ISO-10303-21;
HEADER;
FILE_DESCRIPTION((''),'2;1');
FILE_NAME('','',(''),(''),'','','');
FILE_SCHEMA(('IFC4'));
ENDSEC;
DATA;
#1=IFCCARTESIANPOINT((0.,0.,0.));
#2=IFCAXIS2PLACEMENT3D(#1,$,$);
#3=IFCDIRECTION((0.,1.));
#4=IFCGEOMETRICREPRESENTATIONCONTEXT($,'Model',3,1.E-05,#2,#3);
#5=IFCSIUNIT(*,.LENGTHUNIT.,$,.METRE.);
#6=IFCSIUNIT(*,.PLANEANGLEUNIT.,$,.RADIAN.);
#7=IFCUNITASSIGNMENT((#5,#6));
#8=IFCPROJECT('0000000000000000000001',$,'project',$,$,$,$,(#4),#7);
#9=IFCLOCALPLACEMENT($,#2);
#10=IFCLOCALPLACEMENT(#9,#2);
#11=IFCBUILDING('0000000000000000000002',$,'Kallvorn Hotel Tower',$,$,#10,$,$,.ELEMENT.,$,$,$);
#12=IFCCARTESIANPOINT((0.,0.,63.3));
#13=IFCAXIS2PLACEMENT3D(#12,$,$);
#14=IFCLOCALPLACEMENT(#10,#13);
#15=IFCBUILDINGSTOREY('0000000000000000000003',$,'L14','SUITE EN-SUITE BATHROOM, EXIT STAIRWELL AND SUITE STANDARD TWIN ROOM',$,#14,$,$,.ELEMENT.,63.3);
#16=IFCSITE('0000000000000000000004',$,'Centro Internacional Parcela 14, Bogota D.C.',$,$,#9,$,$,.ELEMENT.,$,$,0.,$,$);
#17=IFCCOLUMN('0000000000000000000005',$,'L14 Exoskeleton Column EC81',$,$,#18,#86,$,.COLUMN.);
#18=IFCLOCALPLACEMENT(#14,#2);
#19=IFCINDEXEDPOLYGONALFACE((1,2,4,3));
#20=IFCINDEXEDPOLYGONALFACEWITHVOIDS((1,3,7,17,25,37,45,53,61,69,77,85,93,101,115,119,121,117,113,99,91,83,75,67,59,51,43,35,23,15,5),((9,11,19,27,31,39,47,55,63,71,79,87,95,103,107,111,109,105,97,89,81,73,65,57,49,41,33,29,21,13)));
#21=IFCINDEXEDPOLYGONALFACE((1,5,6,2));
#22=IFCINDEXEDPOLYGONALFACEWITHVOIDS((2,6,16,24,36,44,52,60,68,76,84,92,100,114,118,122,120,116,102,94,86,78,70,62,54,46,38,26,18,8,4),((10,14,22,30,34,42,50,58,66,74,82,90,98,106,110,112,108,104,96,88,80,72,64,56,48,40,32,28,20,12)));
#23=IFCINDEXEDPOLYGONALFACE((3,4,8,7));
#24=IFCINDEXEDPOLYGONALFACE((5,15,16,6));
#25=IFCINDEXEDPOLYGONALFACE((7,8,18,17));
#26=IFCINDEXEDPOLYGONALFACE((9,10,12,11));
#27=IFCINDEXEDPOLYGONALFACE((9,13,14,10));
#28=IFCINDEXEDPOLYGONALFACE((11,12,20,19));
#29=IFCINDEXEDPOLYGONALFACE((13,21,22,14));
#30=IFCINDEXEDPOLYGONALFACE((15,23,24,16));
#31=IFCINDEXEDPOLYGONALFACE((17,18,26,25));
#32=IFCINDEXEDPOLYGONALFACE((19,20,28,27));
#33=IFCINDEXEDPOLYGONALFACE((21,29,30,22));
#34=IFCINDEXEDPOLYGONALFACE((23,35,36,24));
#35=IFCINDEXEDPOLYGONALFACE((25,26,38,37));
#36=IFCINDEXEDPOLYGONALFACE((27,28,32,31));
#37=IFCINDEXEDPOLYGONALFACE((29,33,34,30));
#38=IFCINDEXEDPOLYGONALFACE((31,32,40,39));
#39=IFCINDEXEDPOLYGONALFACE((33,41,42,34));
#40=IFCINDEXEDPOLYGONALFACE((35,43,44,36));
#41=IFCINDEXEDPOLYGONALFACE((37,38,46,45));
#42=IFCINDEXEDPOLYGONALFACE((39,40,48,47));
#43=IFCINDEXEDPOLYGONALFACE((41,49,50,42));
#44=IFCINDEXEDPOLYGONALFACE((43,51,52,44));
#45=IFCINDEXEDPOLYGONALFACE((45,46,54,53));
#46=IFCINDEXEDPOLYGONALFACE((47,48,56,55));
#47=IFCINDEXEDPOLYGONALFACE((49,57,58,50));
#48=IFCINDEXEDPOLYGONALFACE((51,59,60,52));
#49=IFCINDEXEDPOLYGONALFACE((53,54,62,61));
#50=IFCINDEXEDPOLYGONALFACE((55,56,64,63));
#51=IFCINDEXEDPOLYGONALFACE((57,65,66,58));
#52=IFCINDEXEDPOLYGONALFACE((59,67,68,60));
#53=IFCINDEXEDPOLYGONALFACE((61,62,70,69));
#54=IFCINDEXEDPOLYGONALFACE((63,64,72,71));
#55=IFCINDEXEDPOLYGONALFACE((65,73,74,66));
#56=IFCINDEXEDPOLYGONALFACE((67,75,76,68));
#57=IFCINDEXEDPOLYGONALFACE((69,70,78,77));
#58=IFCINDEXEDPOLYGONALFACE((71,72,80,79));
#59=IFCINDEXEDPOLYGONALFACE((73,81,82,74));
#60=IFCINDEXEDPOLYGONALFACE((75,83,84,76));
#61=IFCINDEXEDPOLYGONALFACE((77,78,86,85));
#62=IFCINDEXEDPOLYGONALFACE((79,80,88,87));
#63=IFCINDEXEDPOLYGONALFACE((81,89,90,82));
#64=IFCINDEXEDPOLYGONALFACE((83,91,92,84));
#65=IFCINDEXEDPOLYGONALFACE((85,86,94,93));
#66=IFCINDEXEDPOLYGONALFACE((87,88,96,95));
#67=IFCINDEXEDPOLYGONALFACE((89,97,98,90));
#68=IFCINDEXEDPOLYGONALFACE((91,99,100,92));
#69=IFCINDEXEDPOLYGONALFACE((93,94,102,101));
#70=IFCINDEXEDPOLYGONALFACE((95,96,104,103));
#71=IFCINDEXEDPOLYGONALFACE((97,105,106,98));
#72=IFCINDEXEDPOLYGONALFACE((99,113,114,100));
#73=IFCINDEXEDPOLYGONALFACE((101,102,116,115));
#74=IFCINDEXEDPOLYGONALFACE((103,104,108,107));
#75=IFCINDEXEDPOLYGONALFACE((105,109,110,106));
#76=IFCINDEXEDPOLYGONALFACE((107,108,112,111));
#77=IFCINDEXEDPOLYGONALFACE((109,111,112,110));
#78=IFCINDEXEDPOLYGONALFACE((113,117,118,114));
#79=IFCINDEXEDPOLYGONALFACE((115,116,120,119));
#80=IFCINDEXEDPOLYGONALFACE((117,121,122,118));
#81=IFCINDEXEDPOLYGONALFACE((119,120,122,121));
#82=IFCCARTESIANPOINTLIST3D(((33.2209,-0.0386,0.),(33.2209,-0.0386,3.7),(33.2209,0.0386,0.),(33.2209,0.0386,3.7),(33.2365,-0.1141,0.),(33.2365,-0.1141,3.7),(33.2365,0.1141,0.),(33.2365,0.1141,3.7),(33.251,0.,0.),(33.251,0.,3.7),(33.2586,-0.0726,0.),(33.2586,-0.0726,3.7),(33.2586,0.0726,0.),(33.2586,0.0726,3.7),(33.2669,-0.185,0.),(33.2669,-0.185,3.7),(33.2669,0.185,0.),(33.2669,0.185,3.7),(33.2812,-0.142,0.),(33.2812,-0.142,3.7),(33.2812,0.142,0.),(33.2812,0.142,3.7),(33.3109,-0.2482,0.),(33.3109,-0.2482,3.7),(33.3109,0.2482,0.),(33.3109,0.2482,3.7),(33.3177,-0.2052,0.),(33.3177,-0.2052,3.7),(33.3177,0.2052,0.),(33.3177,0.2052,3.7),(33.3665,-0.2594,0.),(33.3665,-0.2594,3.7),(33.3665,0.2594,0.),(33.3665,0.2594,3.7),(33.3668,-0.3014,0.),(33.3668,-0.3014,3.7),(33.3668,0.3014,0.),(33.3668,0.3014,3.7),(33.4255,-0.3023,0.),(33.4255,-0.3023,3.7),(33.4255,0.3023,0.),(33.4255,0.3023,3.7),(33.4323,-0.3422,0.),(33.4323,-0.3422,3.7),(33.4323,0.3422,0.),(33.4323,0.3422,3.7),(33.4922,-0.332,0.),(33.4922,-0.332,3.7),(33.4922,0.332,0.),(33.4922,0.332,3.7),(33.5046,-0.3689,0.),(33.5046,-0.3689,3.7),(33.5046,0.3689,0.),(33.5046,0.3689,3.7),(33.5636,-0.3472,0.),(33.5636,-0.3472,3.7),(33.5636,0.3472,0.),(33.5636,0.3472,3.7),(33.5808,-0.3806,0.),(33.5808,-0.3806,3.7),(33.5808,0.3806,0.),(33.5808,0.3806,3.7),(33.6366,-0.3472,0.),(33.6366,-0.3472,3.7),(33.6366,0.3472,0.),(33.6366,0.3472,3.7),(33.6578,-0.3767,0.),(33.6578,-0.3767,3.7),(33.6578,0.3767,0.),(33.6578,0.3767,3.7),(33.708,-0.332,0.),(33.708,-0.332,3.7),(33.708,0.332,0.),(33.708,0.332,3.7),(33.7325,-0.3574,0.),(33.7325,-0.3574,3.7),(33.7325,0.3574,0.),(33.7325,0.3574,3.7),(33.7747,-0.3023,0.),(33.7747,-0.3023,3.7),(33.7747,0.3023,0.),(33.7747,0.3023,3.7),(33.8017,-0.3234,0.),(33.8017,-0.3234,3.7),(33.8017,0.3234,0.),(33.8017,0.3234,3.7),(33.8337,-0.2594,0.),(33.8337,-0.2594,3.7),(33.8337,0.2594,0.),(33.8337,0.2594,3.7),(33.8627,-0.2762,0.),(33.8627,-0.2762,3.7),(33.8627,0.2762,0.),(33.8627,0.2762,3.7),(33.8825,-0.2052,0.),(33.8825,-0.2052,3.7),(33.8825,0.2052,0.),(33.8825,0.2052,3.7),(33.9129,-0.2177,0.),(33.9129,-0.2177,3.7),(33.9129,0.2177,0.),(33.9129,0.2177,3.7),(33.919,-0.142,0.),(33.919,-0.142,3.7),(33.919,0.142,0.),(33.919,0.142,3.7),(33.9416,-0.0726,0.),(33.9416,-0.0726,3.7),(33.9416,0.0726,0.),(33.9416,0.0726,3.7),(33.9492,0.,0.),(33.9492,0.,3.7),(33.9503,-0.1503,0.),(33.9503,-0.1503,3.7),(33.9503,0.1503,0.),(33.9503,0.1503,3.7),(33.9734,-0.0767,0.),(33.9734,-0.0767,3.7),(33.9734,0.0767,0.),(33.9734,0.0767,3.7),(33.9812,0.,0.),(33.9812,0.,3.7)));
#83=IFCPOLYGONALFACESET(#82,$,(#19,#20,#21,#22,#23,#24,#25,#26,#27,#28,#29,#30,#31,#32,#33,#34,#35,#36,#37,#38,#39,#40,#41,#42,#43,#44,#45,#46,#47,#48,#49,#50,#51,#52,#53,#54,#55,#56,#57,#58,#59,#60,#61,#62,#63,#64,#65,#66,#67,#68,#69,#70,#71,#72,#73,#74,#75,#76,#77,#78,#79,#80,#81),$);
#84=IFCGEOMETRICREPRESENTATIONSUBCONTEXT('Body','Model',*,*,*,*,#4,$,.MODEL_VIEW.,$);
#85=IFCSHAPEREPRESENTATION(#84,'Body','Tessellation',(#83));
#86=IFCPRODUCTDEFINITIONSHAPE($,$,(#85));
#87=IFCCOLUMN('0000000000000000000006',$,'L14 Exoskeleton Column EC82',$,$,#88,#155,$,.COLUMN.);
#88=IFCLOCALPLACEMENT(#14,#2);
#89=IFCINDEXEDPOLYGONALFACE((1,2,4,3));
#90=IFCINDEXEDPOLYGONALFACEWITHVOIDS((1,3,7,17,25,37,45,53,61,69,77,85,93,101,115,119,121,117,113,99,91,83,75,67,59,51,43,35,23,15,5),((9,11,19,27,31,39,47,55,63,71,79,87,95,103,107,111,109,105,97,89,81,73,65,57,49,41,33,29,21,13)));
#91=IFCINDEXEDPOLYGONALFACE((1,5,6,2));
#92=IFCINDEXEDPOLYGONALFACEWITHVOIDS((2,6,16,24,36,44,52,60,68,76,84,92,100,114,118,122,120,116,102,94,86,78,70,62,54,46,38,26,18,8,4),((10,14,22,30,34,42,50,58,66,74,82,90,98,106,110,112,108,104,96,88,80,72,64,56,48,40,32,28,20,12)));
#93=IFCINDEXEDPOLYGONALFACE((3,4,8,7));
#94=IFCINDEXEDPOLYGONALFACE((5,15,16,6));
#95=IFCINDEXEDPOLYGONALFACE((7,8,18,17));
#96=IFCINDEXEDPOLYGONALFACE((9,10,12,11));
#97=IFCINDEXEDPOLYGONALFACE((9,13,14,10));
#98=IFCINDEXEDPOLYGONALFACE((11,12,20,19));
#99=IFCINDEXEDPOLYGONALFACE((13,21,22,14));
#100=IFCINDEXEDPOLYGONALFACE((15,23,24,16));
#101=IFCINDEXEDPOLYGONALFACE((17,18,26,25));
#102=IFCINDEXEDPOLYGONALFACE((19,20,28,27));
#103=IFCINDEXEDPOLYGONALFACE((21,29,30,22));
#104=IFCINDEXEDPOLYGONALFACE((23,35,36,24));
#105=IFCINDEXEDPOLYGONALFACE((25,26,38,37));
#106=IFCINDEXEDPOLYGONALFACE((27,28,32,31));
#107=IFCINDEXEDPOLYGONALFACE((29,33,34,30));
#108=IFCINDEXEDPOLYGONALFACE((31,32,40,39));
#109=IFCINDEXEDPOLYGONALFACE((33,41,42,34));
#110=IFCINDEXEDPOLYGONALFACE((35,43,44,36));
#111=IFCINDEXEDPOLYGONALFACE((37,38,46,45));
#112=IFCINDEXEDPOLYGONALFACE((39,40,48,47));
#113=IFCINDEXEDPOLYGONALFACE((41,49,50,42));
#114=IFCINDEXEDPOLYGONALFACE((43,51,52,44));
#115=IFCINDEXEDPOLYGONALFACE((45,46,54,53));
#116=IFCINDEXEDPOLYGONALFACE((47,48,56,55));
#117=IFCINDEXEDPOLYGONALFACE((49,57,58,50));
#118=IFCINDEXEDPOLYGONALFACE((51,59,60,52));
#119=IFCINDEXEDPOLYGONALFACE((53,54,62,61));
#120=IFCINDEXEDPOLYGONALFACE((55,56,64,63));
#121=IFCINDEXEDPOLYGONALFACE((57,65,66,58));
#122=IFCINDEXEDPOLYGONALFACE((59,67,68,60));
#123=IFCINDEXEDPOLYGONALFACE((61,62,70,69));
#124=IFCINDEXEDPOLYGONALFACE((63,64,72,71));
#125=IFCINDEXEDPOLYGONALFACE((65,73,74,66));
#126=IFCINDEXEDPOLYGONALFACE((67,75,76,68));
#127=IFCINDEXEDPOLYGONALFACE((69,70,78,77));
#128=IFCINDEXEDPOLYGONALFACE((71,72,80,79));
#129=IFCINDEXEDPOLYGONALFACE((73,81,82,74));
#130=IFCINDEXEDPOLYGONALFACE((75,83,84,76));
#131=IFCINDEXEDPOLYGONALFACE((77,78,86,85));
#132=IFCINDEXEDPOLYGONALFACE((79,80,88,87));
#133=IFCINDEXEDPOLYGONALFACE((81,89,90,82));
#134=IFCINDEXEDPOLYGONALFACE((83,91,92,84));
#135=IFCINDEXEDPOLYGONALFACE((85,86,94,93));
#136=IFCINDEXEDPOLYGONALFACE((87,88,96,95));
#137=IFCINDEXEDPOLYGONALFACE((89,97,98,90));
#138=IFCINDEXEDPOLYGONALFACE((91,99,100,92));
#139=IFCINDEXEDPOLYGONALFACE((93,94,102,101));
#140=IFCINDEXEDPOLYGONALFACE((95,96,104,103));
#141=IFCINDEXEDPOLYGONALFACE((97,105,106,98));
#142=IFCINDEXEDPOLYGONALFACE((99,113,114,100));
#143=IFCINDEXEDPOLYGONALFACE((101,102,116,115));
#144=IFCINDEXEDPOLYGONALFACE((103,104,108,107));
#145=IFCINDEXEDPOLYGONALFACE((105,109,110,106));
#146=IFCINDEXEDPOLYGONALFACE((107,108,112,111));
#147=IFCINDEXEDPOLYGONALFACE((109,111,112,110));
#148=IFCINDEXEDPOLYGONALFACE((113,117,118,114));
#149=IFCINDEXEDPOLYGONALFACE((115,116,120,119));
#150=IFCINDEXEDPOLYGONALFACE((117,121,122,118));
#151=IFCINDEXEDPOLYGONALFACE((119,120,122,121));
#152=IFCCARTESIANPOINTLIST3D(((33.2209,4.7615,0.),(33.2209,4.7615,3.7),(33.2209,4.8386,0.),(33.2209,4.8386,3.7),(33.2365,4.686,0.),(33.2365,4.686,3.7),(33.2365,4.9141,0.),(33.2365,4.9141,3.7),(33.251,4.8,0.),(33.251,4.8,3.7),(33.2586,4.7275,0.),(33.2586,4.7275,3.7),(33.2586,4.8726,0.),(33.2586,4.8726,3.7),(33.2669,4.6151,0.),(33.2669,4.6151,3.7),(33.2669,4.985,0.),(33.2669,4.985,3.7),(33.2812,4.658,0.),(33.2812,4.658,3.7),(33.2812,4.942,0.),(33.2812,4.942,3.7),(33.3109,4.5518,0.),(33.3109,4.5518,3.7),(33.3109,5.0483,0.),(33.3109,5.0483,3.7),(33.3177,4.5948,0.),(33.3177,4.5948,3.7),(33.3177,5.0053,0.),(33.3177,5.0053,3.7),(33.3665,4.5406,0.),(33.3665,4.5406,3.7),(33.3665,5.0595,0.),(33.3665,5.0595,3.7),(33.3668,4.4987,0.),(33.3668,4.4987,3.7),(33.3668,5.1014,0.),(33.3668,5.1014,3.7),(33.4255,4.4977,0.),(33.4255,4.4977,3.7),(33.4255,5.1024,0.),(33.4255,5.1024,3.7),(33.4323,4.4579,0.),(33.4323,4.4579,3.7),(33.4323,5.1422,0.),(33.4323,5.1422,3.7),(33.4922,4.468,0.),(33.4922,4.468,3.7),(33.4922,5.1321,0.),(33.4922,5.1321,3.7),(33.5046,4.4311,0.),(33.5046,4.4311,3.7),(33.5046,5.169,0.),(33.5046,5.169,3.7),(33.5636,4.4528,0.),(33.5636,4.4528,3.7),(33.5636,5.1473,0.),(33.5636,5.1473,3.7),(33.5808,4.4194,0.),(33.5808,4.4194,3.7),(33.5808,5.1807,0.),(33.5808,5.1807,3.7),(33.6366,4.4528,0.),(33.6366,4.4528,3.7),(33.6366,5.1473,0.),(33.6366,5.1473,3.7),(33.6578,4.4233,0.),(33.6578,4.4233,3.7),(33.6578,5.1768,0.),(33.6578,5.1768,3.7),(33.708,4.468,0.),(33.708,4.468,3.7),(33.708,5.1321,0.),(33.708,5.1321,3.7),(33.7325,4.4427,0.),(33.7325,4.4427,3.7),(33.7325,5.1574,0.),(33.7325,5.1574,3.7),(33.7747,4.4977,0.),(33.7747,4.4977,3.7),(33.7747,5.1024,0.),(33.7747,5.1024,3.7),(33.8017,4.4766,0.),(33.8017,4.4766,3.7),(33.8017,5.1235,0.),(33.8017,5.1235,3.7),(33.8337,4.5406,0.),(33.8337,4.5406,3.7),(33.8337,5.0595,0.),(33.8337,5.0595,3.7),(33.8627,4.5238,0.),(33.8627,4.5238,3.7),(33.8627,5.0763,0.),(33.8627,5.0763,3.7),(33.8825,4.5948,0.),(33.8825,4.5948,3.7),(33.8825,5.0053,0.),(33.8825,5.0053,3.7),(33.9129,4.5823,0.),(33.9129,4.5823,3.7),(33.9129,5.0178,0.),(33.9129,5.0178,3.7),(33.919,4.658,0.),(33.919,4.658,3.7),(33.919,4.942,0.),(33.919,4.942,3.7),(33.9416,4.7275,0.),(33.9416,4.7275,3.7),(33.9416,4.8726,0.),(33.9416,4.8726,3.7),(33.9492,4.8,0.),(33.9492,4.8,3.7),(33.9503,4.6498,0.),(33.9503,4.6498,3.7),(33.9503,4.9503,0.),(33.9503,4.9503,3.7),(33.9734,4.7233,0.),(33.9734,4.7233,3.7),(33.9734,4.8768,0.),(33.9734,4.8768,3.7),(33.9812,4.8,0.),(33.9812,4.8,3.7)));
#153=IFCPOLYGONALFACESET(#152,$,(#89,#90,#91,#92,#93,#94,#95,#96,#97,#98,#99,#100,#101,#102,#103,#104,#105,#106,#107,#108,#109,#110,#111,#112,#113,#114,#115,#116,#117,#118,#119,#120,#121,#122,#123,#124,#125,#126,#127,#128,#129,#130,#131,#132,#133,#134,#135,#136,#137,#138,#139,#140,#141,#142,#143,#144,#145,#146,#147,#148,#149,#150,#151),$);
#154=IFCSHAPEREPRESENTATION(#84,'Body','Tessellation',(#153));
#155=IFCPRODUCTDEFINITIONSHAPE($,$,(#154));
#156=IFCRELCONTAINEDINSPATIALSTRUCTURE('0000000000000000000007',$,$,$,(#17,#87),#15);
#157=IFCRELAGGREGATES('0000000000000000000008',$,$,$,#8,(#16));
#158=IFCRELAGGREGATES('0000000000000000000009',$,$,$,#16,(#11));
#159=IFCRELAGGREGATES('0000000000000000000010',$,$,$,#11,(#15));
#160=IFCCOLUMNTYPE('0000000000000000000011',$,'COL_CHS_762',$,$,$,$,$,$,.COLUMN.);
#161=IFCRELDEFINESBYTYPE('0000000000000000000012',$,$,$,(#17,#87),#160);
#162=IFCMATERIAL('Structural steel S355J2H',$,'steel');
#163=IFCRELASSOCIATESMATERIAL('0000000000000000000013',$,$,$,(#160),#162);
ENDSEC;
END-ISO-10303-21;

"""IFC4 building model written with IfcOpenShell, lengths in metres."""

from ifc_helpers import new_model, si_unit, direction, frame, origin, origin_2d, place, context, subcontext, project, spatial, hollow_circle, extrude, material, material_profile, profile_set, type_object, element, save


model = new_model("IFC4")

# Units and contexts
model_context = context("Model", 3, precision=1e-05, world=origin(), true_north=direction((0.0, 1.0)))
body_context = subcontext(model_context, "Body", "Model", "MODEL_VIEW")
ifc_project = project(units=[si_unit("LENGTHUNIT", "METRE"), si_unit("PLANEANGLEUNIT", "RADIAN")], contexts=[model_context])

# Site, building, storey
site_placement = place(None, origin())
site = spatial("IfcSite", under=ifc_project, at=site_placement, Name="Centro Internacional Parcela 14, Bogota D.C.", CompositionType="ELEMENT", RefElevation=0.0)
building_placement = place(site_placement, origin())
building = spatial("IfcBuilding", under=site, at=building_placement, Name="Kallvorn Hotel Tower", CompositionType="ELEMENT")
storey_placement = place(building_placement, frame((0.0, 0.0, 63.3)))
storey = spatial("IfcBuildingStorey", under=building, at=storey_placement, Name="L14", Description="SUITE EN-SUITE BATHROOM, EXIT STAIRWELL AND SUITE STANDARD TWIN ROOM", CompositionType="ELEMENT", Elevation=63.3)

# Columns
ifc_material_1 = material(Name="Structural steel S355J2H", Category="steel")
ifc_material_profile_1 = material_profile(ifc_material_1, hollow_circle(Radius=0.3811, WallThickness=0.032, at=origin_2d()), Name="CHS 762x32")
ifc_profile_set_1 = profile_set([ifc_material_profile_1], Name="Structural steel S355J2H")
column_type_1 = type_object("IfcColumnType", Name="COL_CHS_762", PredefinedType="COLUMN", material=ifc_profile_set_1)
for number, where, z_axis, x_axis, name in (
    (1, (33.6001, 0.0, 0.0), (0.0, 0.0, 1.0), (1.0, 0.0, 0.0), "L14 Exoskeleton Column EC81"),
    (2, (33.6001, 4.8, 0.0), (0.0, 0.0, 1.0), (1.0, 0.0, 0.0), "L14 Exoskeleton Column EC82"),
):
    element("IfcColumn", number, at=place(storey_placement, frame(where, z_axis=z_axis, x_axis=x_axis)), inside=storey, type_object=column_type_1, Name=name, PredefinedType="COLUMN", context=body_context, shape_type="SweptSolid", body=[
        extrude(hollow_circle(Radius=0.3811, WallThickness=0.032, at=origin_2d()), origin(), (0.0, 0.0, 1.0), 3.7),
    ])

save(model, "model.ifc")
